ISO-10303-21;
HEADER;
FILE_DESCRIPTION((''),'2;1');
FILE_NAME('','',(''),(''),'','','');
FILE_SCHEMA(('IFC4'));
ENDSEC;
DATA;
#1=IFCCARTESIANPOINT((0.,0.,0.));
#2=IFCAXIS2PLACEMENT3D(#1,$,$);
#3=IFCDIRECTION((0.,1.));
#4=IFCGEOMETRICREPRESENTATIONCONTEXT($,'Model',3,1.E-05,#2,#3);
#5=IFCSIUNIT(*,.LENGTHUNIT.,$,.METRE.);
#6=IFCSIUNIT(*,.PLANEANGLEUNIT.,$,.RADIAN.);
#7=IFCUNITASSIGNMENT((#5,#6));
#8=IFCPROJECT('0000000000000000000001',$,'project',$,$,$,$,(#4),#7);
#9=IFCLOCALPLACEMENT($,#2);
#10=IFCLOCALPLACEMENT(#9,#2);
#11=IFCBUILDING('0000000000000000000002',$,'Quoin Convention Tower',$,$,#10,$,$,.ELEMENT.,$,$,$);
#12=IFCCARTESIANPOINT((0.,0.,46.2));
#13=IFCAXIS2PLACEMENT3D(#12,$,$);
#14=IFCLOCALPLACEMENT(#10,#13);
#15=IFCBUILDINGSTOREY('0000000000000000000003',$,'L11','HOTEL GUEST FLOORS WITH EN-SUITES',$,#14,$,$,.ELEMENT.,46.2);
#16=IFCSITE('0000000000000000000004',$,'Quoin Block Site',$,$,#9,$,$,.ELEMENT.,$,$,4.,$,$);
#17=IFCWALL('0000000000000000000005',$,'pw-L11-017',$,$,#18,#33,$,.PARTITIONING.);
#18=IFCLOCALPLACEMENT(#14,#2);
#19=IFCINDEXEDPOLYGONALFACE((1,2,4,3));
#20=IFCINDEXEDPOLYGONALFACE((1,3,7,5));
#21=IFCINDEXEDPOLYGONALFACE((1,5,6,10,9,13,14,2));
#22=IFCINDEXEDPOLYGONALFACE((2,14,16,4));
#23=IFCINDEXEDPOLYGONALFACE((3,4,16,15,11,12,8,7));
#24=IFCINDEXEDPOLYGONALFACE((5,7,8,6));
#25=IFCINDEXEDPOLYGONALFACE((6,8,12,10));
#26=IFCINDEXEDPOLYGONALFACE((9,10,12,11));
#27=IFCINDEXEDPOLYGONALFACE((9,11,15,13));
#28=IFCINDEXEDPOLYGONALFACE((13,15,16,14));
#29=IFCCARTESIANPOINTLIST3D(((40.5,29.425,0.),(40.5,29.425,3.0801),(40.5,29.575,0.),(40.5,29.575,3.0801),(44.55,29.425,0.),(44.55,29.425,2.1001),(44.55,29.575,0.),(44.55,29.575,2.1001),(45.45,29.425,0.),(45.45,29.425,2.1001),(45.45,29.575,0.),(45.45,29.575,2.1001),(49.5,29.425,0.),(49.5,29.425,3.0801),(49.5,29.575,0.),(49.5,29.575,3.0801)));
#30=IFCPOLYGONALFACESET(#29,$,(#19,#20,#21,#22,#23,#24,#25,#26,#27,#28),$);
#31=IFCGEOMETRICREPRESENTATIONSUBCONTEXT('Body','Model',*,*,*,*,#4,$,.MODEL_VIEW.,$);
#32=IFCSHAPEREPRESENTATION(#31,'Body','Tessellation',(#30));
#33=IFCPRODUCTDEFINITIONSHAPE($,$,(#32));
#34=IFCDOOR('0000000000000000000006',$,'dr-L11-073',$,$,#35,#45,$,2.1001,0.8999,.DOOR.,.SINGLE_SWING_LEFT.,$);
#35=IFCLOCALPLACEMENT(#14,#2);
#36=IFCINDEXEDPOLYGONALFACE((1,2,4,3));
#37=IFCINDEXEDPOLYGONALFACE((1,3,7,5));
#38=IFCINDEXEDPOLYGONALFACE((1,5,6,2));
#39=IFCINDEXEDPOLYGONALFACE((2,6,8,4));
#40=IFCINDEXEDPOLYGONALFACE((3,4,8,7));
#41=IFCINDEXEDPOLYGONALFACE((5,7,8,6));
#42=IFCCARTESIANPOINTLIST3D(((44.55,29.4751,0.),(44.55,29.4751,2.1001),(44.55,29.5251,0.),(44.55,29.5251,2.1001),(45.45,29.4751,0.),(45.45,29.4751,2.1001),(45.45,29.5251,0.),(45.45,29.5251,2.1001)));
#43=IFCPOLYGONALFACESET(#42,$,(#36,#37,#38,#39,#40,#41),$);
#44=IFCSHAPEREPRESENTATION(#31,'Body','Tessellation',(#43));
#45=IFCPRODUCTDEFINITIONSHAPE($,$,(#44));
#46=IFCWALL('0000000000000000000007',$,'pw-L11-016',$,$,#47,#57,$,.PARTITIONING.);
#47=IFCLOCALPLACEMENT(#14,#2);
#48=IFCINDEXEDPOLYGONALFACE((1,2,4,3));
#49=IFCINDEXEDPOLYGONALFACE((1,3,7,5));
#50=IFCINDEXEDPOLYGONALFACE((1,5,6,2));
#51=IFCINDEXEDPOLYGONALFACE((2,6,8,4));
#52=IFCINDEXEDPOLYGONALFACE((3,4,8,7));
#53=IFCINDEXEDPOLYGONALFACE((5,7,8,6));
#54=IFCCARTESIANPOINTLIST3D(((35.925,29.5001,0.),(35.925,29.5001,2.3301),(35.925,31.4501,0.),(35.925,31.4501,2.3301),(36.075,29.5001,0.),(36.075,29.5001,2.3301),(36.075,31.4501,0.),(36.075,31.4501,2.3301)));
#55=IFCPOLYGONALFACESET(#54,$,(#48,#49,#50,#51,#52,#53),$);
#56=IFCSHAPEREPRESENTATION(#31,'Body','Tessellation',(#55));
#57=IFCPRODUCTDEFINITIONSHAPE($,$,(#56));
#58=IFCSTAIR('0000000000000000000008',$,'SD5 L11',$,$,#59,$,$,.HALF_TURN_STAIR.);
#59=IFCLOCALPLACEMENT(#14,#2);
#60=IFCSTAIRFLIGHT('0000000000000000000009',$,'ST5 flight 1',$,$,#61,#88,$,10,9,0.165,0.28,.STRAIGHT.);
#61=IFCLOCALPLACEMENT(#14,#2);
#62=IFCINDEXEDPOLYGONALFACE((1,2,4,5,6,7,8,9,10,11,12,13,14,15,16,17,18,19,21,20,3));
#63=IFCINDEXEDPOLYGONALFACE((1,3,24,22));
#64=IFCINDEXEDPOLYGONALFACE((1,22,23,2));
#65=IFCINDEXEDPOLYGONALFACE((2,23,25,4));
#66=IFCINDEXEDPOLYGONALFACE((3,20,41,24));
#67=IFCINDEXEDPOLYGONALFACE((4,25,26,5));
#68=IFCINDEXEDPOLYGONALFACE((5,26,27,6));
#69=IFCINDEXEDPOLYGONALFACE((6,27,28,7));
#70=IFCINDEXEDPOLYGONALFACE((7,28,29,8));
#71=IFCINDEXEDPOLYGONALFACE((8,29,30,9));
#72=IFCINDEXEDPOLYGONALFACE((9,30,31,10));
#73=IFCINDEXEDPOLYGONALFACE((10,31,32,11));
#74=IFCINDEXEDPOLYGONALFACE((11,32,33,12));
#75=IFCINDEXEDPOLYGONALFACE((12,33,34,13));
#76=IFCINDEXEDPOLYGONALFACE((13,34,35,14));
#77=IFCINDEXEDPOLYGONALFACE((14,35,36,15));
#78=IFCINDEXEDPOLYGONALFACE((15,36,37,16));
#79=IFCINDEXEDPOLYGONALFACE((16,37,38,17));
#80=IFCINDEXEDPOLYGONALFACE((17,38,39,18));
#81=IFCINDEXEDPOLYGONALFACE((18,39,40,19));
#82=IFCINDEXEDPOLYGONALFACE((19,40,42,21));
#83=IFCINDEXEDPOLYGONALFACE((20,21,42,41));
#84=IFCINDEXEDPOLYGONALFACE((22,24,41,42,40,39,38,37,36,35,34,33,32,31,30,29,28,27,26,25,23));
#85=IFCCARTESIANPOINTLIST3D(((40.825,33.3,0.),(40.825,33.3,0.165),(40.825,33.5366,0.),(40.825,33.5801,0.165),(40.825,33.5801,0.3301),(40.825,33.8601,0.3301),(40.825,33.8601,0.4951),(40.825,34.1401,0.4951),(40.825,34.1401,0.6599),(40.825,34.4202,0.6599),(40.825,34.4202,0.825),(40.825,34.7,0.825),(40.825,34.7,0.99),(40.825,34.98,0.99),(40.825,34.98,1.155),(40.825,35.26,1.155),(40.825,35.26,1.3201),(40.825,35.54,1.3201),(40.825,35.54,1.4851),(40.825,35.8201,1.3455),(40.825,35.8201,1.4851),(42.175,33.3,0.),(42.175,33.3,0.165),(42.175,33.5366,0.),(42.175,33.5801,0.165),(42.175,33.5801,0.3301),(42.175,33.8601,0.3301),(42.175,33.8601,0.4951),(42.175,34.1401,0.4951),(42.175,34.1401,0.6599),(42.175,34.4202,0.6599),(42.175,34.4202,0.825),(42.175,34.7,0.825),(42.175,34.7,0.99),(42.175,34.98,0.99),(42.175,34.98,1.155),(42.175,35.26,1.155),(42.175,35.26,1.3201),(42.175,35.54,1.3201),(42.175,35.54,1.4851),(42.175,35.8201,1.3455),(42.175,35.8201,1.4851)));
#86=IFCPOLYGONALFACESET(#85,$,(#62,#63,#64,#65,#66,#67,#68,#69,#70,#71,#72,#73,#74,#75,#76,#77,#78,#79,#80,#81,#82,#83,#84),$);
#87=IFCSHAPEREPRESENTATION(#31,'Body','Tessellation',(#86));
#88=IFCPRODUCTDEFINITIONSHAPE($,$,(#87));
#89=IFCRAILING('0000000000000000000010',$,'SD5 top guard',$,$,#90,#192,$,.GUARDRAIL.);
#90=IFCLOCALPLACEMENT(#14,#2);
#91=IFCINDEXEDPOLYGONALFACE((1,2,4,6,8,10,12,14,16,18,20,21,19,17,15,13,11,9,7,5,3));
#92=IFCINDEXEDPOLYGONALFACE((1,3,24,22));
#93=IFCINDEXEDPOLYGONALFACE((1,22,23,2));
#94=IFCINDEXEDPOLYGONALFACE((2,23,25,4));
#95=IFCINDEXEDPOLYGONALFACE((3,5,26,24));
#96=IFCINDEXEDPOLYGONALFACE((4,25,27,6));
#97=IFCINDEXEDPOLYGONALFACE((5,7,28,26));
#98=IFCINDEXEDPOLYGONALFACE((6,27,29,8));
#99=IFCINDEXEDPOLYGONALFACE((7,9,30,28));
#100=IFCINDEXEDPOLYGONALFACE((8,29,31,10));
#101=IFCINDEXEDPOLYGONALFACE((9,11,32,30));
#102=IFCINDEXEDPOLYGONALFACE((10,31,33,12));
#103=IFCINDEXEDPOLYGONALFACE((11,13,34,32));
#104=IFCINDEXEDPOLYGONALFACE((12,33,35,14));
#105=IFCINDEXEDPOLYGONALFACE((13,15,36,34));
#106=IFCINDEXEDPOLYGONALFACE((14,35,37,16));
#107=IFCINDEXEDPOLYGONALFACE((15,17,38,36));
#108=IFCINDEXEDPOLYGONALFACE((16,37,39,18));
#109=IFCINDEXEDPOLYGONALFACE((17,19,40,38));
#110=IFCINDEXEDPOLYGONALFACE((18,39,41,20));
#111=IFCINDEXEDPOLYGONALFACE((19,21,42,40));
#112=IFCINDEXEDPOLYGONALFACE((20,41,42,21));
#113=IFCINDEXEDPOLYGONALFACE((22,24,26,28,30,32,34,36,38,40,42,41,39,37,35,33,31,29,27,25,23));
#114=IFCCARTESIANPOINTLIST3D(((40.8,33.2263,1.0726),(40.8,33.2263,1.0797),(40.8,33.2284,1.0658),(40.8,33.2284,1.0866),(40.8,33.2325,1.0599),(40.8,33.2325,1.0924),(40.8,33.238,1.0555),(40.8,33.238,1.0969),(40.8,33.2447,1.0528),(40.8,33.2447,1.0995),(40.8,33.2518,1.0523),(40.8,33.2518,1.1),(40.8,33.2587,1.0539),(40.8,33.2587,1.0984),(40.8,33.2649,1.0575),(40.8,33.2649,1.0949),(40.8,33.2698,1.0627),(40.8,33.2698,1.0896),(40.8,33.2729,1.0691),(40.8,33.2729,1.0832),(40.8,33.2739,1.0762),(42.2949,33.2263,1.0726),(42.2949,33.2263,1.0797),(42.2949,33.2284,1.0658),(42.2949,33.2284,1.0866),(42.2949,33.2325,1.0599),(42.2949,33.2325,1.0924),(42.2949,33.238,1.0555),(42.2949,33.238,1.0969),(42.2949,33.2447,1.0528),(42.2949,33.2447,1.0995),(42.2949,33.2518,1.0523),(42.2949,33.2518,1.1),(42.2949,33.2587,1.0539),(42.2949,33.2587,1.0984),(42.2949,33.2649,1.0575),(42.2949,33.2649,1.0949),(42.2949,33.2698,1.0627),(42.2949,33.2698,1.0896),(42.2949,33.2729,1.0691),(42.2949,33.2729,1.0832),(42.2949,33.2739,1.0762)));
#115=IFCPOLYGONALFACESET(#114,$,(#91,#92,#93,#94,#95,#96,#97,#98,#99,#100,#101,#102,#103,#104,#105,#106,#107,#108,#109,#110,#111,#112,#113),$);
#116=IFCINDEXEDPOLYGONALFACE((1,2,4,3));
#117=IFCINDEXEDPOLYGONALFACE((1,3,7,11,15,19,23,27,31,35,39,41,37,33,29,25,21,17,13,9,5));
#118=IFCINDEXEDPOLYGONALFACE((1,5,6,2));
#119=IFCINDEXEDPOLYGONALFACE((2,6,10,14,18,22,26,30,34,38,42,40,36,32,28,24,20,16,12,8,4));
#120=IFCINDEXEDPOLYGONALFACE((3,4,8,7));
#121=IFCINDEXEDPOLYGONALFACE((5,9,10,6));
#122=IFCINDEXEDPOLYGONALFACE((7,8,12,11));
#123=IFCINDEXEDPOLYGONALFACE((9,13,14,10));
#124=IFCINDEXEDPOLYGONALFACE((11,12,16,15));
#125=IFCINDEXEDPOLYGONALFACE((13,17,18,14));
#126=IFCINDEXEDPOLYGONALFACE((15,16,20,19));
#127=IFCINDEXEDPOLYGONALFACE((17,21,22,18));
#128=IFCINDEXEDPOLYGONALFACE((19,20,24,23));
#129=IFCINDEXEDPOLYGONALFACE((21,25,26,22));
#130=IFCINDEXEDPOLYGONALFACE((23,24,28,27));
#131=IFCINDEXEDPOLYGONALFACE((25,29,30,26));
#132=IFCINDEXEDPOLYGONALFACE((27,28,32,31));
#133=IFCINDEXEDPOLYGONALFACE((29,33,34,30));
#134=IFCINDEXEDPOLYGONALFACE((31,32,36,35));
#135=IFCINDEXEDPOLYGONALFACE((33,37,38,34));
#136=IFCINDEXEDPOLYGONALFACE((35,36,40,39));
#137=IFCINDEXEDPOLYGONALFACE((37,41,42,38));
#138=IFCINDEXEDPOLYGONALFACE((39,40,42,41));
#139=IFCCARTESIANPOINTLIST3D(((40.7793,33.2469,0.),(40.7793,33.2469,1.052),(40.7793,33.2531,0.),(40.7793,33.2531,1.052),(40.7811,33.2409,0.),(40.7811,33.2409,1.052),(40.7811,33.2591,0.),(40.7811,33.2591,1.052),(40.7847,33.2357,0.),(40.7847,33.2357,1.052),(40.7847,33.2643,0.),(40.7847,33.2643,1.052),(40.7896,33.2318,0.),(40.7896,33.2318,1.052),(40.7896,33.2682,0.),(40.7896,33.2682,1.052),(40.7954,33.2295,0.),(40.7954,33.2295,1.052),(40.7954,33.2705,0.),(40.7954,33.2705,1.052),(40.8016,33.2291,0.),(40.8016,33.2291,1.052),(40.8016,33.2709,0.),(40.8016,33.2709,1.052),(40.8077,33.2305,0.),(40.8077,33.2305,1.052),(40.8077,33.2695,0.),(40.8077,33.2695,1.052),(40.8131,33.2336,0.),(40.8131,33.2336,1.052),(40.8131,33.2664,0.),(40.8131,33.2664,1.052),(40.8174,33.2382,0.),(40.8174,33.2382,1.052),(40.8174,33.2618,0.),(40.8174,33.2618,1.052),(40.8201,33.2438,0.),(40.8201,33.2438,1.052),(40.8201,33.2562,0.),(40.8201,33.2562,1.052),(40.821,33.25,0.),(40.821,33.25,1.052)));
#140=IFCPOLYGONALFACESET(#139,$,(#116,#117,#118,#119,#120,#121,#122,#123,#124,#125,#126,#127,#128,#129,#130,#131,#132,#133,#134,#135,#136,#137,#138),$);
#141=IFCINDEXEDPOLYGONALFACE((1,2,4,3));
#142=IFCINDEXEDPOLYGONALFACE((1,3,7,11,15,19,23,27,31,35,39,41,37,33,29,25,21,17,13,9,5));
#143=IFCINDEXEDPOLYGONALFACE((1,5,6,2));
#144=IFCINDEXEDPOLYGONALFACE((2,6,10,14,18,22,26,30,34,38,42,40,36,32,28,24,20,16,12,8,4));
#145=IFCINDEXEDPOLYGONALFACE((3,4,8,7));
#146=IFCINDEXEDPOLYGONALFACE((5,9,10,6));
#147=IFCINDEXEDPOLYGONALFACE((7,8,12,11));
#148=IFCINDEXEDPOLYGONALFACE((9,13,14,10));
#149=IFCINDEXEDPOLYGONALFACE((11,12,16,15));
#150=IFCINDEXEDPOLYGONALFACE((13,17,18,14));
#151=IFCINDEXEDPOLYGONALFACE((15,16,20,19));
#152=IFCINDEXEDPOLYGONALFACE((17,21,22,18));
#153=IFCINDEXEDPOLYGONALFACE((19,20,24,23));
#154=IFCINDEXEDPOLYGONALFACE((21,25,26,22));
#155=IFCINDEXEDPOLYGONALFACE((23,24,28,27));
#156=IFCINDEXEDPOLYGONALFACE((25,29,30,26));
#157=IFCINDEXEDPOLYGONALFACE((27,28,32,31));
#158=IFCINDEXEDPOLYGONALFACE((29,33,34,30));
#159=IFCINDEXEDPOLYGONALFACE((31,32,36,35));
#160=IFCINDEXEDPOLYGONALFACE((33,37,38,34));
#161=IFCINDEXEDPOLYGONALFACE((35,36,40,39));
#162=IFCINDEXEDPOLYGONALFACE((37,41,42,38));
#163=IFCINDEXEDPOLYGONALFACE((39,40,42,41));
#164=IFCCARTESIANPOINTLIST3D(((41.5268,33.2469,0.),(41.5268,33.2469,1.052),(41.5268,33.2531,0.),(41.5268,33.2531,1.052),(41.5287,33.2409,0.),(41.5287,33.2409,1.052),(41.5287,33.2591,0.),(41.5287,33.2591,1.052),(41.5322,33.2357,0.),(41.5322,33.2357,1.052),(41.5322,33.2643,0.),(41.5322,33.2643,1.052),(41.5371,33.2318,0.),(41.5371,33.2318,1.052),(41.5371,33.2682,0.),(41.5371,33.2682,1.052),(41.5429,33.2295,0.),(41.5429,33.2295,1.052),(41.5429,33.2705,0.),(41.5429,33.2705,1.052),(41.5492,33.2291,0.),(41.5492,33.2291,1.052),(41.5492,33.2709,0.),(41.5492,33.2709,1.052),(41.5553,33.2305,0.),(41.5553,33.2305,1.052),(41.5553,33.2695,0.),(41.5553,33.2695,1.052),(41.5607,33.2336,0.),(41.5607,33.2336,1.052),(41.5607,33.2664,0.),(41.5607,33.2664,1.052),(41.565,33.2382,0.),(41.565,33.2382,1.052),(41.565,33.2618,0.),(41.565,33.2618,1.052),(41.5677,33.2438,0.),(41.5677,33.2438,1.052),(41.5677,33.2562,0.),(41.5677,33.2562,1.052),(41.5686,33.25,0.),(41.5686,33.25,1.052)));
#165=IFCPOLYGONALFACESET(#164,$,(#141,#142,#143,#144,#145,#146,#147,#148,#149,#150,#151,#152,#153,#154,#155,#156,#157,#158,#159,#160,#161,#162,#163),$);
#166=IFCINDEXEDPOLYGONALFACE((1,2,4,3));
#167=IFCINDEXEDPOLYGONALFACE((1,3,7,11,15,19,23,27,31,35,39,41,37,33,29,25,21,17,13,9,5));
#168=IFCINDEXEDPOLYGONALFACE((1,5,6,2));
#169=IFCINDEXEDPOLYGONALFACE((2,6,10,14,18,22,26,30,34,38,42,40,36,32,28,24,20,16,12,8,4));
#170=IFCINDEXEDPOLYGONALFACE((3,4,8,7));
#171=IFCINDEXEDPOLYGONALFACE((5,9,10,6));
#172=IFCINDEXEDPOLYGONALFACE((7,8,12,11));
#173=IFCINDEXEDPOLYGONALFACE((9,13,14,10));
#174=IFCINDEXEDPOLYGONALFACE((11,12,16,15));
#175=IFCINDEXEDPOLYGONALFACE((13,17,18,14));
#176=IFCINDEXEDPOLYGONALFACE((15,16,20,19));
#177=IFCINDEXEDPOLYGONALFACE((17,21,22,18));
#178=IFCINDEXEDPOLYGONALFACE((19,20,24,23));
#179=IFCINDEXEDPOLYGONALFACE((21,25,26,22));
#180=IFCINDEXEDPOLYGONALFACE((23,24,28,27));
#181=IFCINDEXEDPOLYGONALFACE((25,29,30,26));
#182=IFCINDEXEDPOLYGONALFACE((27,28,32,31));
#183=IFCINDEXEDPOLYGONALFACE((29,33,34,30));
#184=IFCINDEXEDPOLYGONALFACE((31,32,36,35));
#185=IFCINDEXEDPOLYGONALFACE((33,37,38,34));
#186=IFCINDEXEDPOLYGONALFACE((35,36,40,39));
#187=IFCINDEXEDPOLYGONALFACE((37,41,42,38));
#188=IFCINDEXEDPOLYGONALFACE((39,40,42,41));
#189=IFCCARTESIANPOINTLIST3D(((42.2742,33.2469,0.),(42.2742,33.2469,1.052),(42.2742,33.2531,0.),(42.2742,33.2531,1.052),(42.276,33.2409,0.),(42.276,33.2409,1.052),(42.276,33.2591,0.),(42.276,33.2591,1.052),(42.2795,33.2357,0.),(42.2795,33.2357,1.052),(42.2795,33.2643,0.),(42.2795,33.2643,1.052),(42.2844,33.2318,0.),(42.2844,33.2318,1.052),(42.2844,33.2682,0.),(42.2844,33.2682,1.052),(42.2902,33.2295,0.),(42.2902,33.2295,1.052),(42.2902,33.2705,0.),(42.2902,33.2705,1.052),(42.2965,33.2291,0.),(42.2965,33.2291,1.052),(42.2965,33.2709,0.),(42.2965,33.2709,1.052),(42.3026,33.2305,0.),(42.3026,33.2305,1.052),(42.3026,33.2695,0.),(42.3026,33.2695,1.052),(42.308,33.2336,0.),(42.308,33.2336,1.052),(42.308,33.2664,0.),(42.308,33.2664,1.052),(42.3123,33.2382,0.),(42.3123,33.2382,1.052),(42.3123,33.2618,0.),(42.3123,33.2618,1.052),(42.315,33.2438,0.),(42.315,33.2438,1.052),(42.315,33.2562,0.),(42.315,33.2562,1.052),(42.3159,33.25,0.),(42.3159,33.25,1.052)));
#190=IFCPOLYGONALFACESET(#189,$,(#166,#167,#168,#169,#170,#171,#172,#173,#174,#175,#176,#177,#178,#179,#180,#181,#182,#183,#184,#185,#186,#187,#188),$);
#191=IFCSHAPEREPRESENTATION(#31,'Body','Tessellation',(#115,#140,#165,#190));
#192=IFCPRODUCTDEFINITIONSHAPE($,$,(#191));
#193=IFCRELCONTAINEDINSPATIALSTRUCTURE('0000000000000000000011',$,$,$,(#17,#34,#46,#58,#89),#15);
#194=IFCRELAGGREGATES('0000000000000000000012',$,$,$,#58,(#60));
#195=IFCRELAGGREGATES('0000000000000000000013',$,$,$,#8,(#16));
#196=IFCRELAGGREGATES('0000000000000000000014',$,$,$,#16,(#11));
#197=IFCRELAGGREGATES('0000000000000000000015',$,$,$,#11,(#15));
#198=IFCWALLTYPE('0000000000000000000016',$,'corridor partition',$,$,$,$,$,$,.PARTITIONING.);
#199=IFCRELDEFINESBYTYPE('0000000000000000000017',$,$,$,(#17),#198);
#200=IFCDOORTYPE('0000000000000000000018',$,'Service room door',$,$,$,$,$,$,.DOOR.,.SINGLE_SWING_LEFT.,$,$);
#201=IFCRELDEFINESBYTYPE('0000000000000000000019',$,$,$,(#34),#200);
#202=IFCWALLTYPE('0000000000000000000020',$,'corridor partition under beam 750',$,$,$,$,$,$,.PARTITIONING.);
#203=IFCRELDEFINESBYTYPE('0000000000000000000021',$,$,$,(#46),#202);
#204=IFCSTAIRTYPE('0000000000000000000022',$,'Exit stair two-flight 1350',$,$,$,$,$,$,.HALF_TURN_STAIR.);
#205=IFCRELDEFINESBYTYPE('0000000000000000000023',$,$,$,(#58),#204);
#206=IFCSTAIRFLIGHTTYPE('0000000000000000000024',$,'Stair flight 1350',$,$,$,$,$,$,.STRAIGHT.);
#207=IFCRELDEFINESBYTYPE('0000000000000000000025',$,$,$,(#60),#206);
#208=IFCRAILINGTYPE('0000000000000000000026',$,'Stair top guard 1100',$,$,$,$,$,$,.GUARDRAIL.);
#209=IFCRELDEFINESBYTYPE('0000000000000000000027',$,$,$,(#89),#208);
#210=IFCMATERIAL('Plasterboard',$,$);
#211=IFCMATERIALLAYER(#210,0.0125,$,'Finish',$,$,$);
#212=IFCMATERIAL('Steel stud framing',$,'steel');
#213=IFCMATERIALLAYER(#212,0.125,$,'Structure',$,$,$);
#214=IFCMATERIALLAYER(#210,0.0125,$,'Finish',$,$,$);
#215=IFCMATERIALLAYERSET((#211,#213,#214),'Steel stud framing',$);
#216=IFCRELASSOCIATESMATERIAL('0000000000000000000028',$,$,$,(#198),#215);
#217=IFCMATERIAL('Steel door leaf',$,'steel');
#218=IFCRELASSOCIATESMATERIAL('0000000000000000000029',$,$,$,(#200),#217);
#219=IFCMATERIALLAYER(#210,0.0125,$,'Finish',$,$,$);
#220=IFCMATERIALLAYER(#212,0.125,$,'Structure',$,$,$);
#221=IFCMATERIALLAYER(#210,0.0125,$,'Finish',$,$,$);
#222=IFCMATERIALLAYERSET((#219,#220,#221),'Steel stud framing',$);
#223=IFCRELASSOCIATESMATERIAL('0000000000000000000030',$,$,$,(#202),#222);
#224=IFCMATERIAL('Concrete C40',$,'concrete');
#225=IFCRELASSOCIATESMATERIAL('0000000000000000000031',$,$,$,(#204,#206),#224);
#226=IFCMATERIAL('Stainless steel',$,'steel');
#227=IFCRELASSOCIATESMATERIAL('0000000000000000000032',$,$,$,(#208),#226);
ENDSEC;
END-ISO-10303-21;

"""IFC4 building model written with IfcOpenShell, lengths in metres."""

from ifc_helpers import new_model, si_unit, direction, frame, frame_2d, origin, origin_2d, place, context, subcontext, project, spatial, polyline, rectangle, circle, outline, extrude, material, layer, layer_set, type_object, element, fill, aggregate, save


model = new_model("IFC4")

# Units and contexts
model_context = context("Model", 3, precision=1e-05, world=origin(), true_north=direction((0.0, 1.0)))
body_context = subcontext(model_context, "Body", "Model", "MODEL_VIEW")
ifc_project = project(units=[si_unit("LENGTHUNIT", "METRE"), si_unit("PLANEANGLEUNIT", "RADIAN")], contexts=[model_context])

# Site, building, storey
site_placement = place(None, origin())
site = spatial("IfcSite", under=ifc_project, at=site_placement, Name="Quoin Block Site", CompositionType="ELEMENT", RefElevation=4.0)
building_placement = place(site_placement, origin())
building = spatial("IfcBuilding", under=site, at=building_placement, Name="Quoin Convention Tower", CompositionType="ELEMENT")
storey_placement = place(building_placement, frame((0.0, 0.0, 46.2)))
storey = spatial("IfcBuildingStorey", under=building, at=storey_placement, Name="L11", Description="HOTEL GUEST FLOORS WITH EN-SUITES", CompositionType="ELEMENT", Elevation=46.2)

# Shared definitions
ifc_material_1 = material(Name="Steel door leaf", Category="steel")

# Shared definitions
ifc_material_2 = material(Name="Plasterboard")
ifc_layer_1 = layer(ifc_material_2, 0.0125, Name="Finish")
ifc_material_3 = material(Name="Steel stud framing", Category="steel")
ifc_layer_2 = layer(ifc_material_3, 0.125, Name="Structure")
ifc_layer_3 = layer(ifc_material_2, 0.0125, Name="Finish")
ifc_layer_set_1 = layer_set([ifc_layer_1, ifc_layer_2, ifc_layer_3], Name="Steel stud framing")
wall_type_1 = type_object("IfcWallType", Name="corridor partition", PredefinedType="PARTITIONING", material=ifc_layer_set_1)

# Wall, opening, door
wall_1_placement = place(storey_placement, frame((40.5, 29.5, 0.0), z_axis=(0.0, 0.0, 1.0), x_axis=(1.0, 0.0, 0.0)))
wall_1 = element("IfcWall", 1, at=wall_1_placement, inside=storey, type_object=wall_type_1, Name="pw-L11-017", PredefinedType="PARTITIONING", context=body_context, shape_type="SweptSolid", body=[
    extrude(rectangle(XDim=9.0, YDim=0.1499, at=frame_2d((4.5, 0.0))), origin(), (0.0, 0.0, 1.0), 3.0801),
])
opening_1_placement = place(wall_1_placement, frame((4.05, 0.0, 0.0)))
opening_1 = element("IfcOpeningElement", 2, at=opening_1_placement, cuts=wall_1, PredefinedType="OPENING", context=body_context, shape_type="SweptSolid", body=[
    extrude(rectangle(XDim=0.8999, YDim=2.1001, at=frame_2d((0.45, 1.05))), frame((0.0, 0.085, 0.0), z_axis=(0.0, -1.0, 0.0), x_axis=(1.0, 0.0, 0.0)), (0.0, 0.0, 1.0), 0.1699),
])
door_type_1 = type_object("IfcDoorType", Name="Service room door", OperationType="SINGLE_SWING_LEFT", PredefinedType="DOOR", material=ifc_material_1)
door_1_placement = place(opening_1_placement, frame((0.8999, 0.0, 0.0), z_axis=(0.0, 0.0, 1.0), x_axis=(-1.0, 0.0, 0.0)))
door_1 = element("IfcDoor", 3, at=door_1_placement, inside=storey, type_object=door_type_1, Name="dr-L11-073", OperationType="SINGLE_SWING_LEFT", OverallHeight=2.1001, OverallWidth=0.8999, PredefinedType="DOOR", context=body_context, shape_type="SweptSolid", body=[
    extrude(rectangle(XDim=0.8999, YDim=2.1001, at=frame_2d((0.45, 1.05))), frame((0.0, 0.0249, 0.0), z_axis=(0.0, -1.0, 0.0), x_axis=(1.0, 0.0, 0.0)), (0.0, 0.0, 1.0), 0.05),
])
fill(opening_1, door_1)

# Wall
ifc_layer_4 = layer(ifc_material_2, 0.0125, Name="Finish")
ifc_layer_5 = layer(ifc_material_3, 0.125, Name="Structure")
ifc_layer_6 = layer(ifc_material_2, 0.0125, Name="Finish")
ifc_layer_set_2 = layer_set([ifc_layer_4, ifc_layer_5, ifc_layer_6], Name="Steel stud framing")
wall_type_2 = type_object("IfcWallType", Name="corridor partition under beam 750", PredefinedType="PARTITIONING", material=ifc_layer_set_2)
wall_2_placement = place(storey_placement, frame((36.0, 29.5, 0.0), z_axis=(0.0, 0.0, 1.0), x_axis=(0.0, 1.0, 0.0)))
element("IfcWall", 4, at=wall_2_placement, inside=storey, type_object=wall_type_2, Name="pw-L11-016", PredefinedType="PARTITIONING", context=body_context, shape_type="SweptSolid", body=[
    extrude(rectangle(XDim=1.95, YDim=0.1499, at=frame_2d((0.9751, 0.0))), origin(), (0.0, 0.0, 1.0), 2.3301),
])

# Stair, stair flight
ifc_material_4 = material(Name="Concrete C40", Category="concrete")
stair_type = type_object("IfcStairType", Name="Exit stair two-flight 1350", PredefinedType="HALF_TURN_STAIR", material=ifc_material_4)
stair_placement = place(storey_placement, origin())
stair = element("IfcStair", 5, at=stair_placement, inside=storey, type_object=stair_type, Name="SD5 L11", PredefinedType="HALF_TURN_STAIR")
stair_flight_type = type_object("IfcStairFlightType", Name="Stair flight 1350", PredefinedType="STRAIGHT", material=ifc_material_4)
stair_flight_placement = place(storey_placement, frame((41.5, 33.3, 0.0), z_axis=(0.0, 0.0, 1.0), x_axis=(0.0, 1.0, 0.0)))
stair_flight = element("IfcStairFlight", 6, at=stair_flight_placement, type_object=stair_flight_type, Name="ST5 flight 1", NumberOfRisers=10, NumberOfTreads=9, PredefinedType="STRAIGHT", RiserHeight=0.165, TreadLength=0.28, context=body_context, shape_type="SweptSolid", body=[
    extrude(outline(polyline([(0.0, 0.0), (0.0, 0.165), (0.28, 0.165), (0.28, 0.3301), (0.5601, 0.3301), (0.5601, 0.4951), (0.8401, 0.4951), (0.8401, 0.6599), (1.1201, 0.6599), (1.1201, 0.825), (1.3999, 0.825), (1.3999, 0.99), (1.6799, 0.99), (1.6799, 1.155), (1.96, 1.155), (1.96, 1.3201), (2.24, 1.3201), (2.24, 1.4851), (2.52, 1.4851), (2.52, 1.6499), (2.52, 1.3455), (0.2366, 0.0), (0.0, 0.0)])), frame((0.0, 0.675, 0.0), z_axis=(0.0, -1.0, 0.0), x_axis=(1.0, 0.0, 0.0)), (0.0, 0.0, 1.0), 1.3501),
])
aggregate(stair, [stair_flight])

# Railing
ifc_material_5 = material(Name="Stainless steel", Category="steel")
railing_type_1 = type_object("IfcRailingType", Name="Stair top guard 1100", PredefinedType="GUARDRAIL", material=ifc_material_5)
railing_1_placement = place(storey_placement, frame((40.8, 33.25, 0.0)))
element("IfcRailing", 7, at=railing_1_placement, inside=storey, type_object=railing_type_1, Name="SD5 top guard", PredefinedType="GUARDRAIL", context=body_context, shape_type="SweptSolid", body=[
    extrude(circle(Radius=0.0239, at=origin_2d()), frame((0.0, 0.0, 1.0762), z_axis=(1.0, 0.0, 0.0), x_axis=(0.0, 1.0, 0.0)), (0.0, 0.0, 1.0), 1.4949),
    extrude(circle(Radius=0.021, at=origin_2d()), origin(), (0.0, 0.0, 1.0), 1.052),
    extrude(circle(Radius=0.021, at=origin_2d()), frame((0.7476, 0.0, 0.0)), (0.0, 0.0, 1.0), 1.052),
    extrude(circle(Radius=0.021, at=origin_2d()), frame((1.4949, 0.0, 0.0)), (0.0, 0.0, 1.0), 1.052),
])

save(model, "model.ifc")
